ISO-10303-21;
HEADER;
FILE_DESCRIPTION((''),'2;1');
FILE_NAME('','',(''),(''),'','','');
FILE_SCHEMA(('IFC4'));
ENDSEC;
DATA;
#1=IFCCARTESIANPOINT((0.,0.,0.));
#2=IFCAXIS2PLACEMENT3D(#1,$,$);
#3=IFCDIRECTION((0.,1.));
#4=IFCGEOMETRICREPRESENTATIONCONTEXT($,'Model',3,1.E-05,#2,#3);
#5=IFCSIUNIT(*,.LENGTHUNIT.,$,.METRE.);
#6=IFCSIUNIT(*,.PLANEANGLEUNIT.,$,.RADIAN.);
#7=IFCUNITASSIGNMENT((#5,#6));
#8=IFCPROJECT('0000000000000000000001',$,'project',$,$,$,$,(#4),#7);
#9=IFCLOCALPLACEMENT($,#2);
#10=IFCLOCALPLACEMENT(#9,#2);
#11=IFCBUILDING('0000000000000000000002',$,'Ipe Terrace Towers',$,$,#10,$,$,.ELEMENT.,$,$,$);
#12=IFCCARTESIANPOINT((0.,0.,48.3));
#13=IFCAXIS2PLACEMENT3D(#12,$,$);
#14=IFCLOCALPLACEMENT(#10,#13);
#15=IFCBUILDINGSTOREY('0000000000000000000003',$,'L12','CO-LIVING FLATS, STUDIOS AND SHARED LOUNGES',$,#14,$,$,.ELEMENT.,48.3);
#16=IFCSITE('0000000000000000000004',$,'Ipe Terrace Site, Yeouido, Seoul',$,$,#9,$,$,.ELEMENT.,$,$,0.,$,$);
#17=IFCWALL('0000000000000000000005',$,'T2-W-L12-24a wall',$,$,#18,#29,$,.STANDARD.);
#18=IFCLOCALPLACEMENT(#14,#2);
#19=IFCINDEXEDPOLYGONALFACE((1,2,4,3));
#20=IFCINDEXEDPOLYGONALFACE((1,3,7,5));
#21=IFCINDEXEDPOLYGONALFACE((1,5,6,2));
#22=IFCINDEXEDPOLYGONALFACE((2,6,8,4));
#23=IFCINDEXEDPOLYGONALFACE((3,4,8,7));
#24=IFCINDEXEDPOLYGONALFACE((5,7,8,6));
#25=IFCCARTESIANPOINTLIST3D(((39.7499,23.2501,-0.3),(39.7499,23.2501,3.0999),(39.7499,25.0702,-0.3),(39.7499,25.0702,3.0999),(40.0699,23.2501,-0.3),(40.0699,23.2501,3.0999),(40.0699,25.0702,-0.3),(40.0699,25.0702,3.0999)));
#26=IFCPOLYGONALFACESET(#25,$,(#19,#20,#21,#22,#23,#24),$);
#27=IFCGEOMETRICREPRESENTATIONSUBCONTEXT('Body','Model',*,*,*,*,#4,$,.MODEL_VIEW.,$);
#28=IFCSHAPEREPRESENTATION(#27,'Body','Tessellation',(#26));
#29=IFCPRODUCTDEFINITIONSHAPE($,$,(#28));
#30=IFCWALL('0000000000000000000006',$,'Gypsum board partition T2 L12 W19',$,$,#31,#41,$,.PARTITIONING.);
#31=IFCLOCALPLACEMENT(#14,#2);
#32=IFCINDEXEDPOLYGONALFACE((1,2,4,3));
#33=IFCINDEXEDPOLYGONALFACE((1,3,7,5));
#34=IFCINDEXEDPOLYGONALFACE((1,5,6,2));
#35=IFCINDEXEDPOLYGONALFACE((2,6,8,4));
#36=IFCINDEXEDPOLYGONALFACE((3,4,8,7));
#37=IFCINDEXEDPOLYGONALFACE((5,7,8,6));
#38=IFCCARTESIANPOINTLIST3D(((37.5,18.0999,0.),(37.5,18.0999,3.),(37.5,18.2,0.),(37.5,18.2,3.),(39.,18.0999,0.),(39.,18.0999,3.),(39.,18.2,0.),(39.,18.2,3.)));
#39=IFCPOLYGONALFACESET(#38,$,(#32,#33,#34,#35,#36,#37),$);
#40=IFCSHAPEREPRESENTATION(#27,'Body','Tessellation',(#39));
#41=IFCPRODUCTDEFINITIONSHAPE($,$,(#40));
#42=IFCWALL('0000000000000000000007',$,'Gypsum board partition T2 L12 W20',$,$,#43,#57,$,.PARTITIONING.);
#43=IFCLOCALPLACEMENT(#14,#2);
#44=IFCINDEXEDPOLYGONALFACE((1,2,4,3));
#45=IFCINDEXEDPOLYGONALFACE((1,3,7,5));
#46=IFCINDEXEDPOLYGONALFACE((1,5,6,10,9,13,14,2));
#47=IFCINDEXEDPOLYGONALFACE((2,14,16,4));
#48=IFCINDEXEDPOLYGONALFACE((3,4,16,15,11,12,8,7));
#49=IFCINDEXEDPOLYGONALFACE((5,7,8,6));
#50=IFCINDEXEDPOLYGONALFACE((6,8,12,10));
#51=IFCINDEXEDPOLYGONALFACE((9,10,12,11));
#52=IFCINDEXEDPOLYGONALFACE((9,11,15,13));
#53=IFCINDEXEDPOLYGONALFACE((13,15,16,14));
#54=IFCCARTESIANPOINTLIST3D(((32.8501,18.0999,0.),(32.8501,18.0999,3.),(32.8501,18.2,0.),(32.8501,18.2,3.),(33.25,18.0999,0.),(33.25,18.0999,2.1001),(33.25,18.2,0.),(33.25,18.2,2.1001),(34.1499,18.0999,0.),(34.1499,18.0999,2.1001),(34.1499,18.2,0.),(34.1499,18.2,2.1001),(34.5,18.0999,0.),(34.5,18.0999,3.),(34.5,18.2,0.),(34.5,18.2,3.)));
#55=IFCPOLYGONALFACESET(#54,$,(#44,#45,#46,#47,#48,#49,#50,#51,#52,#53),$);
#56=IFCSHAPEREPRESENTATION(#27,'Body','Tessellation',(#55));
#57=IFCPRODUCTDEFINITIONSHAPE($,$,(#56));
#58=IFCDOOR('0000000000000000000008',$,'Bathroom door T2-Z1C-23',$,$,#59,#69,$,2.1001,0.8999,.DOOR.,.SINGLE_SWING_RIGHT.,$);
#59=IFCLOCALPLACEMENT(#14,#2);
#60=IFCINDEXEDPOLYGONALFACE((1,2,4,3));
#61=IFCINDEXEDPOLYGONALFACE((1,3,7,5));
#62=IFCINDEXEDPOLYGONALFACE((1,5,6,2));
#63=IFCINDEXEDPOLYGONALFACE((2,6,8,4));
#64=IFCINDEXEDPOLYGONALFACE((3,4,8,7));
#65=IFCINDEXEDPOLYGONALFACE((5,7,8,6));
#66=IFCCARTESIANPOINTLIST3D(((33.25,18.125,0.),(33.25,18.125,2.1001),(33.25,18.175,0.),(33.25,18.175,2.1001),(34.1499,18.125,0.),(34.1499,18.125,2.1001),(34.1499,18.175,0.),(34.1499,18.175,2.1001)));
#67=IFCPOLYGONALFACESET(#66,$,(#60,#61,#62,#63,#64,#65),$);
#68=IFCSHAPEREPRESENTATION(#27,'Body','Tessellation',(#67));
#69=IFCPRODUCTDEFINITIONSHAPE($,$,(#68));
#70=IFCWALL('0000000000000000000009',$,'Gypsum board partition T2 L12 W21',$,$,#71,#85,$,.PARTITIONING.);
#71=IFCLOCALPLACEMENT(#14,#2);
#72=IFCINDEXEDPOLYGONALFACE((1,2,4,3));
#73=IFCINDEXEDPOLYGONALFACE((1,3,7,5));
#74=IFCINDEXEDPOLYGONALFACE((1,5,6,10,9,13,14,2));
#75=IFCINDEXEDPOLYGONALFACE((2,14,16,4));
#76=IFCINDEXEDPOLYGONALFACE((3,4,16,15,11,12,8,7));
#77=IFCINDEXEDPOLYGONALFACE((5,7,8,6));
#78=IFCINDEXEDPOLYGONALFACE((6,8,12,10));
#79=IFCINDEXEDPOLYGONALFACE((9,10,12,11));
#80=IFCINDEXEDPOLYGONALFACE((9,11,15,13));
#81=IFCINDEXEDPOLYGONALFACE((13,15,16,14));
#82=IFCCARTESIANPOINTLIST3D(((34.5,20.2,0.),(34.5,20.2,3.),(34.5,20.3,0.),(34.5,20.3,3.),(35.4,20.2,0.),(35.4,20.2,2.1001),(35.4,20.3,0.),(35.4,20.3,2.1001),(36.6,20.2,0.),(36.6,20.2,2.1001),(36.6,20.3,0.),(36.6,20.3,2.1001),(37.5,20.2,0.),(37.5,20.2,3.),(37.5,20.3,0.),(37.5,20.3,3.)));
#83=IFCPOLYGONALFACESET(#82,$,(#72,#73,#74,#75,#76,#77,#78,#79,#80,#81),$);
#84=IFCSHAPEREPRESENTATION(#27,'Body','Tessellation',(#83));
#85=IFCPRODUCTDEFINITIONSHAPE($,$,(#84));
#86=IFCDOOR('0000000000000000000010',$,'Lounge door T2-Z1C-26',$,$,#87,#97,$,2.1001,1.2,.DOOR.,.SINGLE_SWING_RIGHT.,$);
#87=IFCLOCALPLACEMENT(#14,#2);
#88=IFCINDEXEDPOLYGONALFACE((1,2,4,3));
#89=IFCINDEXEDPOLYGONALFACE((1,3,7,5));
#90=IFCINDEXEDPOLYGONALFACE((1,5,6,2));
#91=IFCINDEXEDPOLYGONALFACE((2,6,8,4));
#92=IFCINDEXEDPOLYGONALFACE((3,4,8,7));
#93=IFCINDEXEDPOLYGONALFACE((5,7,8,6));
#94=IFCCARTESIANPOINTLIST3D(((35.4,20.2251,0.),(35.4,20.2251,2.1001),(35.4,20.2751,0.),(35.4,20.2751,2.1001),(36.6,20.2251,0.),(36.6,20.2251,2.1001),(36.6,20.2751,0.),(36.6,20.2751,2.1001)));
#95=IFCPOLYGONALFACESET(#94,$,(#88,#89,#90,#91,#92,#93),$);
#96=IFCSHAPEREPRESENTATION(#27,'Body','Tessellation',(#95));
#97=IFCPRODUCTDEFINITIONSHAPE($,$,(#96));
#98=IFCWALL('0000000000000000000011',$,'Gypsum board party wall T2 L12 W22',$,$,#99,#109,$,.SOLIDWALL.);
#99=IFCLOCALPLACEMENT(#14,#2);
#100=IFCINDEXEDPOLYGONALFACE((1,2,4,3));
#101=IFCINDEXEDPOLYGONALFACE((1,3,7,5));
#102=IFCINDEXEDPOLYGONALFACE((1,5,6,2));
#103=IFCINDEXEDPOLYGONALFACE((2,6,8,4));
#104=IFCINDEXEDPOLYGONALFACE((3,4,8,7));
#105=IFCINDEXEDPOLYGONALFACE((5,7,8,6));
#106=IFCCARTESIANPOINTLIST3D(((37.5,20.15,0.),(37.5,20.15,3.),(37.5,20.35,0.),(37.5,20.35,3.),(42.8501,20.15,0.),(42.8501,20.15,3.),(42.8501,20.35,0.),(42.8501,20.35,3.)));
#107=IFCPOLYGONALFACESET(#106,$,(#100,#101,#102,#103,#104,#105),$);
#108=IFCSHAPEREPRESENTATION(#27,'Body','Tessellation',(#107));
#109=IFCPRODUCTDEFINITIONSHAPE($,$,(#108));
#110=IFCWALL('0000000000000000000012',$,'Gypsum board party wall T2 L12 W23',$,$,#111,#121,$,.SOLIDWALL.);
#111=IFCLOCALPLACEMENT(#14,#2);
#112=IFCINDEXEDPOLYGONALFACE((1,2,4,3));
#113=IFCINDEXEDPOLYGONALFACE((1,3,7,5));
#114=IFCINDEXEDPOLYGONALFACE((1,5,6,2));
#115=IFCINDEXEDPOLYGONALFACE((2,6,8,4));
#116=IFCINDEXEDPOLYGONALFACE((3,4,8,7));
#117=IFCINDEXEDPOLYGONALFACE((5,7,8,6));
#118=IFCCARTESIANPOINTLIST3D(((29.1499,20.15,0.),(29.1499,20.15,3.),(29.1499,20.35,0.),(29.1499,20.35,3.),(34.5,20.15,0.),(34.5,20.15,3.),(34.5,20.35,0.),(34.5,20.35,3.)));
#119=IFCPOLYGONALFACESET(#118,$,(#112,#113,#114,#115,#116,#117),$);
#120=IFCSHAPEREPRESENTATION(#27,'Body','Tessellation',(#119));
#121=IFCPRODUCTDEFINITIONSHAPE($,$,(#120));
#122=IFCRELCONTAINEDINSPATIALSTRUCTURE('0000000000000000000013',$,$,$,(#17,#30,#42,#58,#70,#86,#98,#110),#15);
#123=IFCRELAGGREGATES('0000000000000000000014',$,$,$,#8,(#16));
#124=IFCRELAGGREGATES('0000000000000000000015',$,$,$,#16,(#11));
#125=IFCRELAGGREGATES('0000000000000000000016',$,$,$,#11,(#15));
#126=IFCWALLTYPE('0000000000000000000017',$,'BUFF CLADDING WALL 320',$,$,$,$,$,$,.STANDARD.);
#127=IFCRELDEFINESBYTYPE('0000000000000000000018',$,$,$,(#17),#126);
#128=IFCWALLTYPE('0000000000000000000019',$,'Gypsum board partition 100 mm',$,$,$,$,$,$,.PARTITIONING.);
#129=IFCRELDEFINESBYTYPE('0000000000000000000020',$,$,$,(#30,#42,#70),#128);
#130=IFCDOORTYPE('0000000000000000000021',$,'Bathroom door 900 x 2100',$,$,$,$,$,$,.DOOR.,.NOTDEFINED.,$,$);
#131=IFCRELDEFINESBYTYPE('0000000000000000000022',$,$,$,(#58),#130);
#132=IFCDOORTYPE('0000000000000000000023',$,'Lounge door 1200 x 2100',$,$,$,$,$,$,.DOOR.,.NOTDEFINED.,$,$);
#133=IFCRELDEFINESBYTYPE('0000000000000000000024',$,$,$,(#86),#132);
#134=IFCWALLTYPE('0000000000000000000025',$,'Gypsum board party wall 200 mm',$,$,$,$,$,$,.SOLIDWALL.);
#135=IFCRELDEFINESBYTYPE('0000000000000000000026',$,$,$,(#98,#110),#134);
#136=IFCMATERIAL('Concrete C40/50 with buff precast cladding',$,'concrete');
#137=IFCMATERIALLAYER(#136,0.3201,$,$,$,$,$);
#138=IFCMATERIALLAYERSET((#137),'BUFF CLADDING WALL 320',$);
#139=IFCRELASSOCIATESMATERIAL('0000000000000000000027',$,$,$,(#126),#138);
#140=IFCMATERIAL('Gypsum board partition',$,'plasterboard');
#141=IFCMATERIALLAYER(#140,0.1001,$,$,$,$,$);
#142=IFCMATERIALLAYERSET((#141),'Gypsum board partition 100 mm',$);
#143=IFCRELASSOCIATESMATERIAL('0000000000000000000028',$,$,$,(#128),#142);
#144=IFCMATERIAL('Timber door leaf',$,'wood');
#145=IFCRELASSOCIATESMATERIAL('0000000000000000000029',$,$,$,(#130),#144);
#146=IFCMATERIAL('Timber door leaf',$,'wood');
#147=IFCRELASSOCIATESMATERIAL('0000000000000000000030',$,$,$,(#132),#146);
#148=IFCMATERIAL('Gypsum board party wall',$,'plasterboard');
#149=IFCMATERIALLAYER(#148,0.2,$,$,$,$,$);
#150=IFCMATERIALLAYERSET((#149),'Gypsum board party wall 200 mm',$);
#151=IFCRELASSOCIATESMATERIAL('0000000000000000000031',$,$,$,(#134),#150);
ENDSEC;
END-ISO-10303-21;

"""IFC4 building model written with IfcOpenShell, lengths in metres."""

from ifc_helpers import new_model, si_unit, direction, frame, frame_2d, origin, place, context, subcontext, project, spatial, rectangle, extrude, material, layer, layer_set, type_object, element, fill, save


model = new_model("IFC4")

# Units and contexts
model_context = context("Model", 3, precision=1e-05, world=origin(), true_north=direction((0.0, 1.0)))
body_context = subcontext(model_context, "Body", "Model", "MODEL_VIEW")
ifc_project = project(units=[si_unit("LENGTHUNIT", "METRE"), si_unit("PLANEANGLEUNIT", "RADIAN")], contexts=[model_context])

# Site, building, storey
site_placement = place(None, origin())
site = spatial("IfcSite", under=ifc_project, at=site_placement, Name="Ipe Terrace Site, Yeouido, Seoul", CompositionType="ELEMENT", RefElevation=0.0)
building_placement = place(site_placement, origin())
building = spatial("IfcBuilding", under=site, at=building_placement, Name="Ipe Terrace Towers", CompositionType="ELEMENT")
storey_placement = place(building_placement, frame((0.0, 0.0, 48.3)))
storey = spatial("IfcBuildingStorey", under=building, at=storey_placement, Name="L12", Description="CO-LIVING FLATS, STUDIOS AND SHARED LOUNGES", CompositionType="ELEMENT", Elevation=48.3)

# Walls
ifc_material_1 = material(Name="Concrete C40/50 with buff precast cladding", Category="concrete")
ifc_layer_1 = layer(ifc_material_1, 0.3201)
ifc_layer_set_1 = layer_set([ifc_layer_1], Name="BUFF CLADDING WALL 320")
wall_type_1 = type_object("IfcWallType", Name="BUFF CLADDING WALL 320", PredefinedType="STANDARD", material=ifc_layer_set_1)
wall_1_placement = place(storey_placement, frame((39.9099, 23.25, -0.3), z_axis=(0.0, 0.0, 1.0), x_axis=(0.0, 1.0, 0.0)))
element("IfcWall", 1, at=wall_1_placement, inside=storey, type_object=wall_type_1, Name="T2-W-L12-24a wall", PredefinedType="STANDARD", context=body_context, shape_type="SweptSolid", body=[
    extrude(rectangle(XDim=1.8201, YDim=0.3201, at=frame_2d((0.9102, 0.0))), origin(), (0.0, 0.0, 1.0), 3.3999),
])
ifc_material_2 = material(Name="Gypsum board partition", Category="plasterboard")
ifc_layer_2 = layer(ifc_material_2, 0.1001)
ifc_layer_set_2 = layer_set([ifc_layer_2], Name="Gypsum board partition 100 mm")
wall_type_2 = type_object("IfcWallType", Name="Gypsum board partition 100 mm", PredefinedType="PARTITIONING", material=ifc_layer_set_2)
wall_2_placement = place(storey_placement, frame((39.0, 18.1499, 0.0), z_axis=(0.0, 0.0, 1.0), x_axis=(-1.0, 0.0, 0.0)))
element("IfcWall", 2, at=wall_2_placement, inside=storey, type_object=wall_type_2, Name="Gypsum board partition T2 L12 W19", PredefinedType="PARTITIONING", context=body_context, shape_type="SweptSolid", body=[
    extrude(rectangle(XDim=1.5, YDim=0.1001, at=frame_2d((0.75, 0.0))), origin(), (0.0, 0.0, 1.0), 3.0),
])

# Walls, openings, doors
wall_3_placement = place(storey_placement, frame((34.5, 18.1499, 0.0), z_axis=(0.0, 0.0, 1.0), x_axis=(-1.0, 0.0, 0.0)))
wall_3 = element("IfcWall", 3, at=wall_3_placement, inside=storey, type_object=wall_type_2, Name="Gypsum board partition T2 L12 W20", PredefinedType="PARTITIONING", context=body_context, shape_type="SweptSolid", body=[
    extrude(rectangle(XDim=1.6499, YDim=0.1001, at=frame_2d((0.825, 0.0))), origin(), (0.0, 0.0, 1.0), 3.0),
])
opening_1_placement = place(wall_3_placement, frame((0.3501, 0.0, 0.0)))
opening_1 = element("IfcOpeningElement", 4, at=opening_1_placement, cuts=wall_3, PredefinedType="OPENING", context=body_context, shape_type="SweptSolid", body=[
    extrude(rectangle(XDim=0.8999, YDim=2.1001, at=frame_2d((0.45, 1.05))), frame((0.0, 0.0601, 0.0), z_axis=(0.0, -1.0, 0.0), x_axis=(1.0, 0.0, 0.0)), (0.0, 0.0, 1.0), 0.1201),
])
ifc_material_3 = material(Name="Timber door leaf", Category="wood")
door_type_1 = type_object("IfcDoorType", Name="Bathroom door 900 x 2100", OperationType="NOTDEFINED", PredefinedType="DOOR", material=ifc_material_3)
door_1_placement = place(opening_1_placement, origin())
door_1 = element("IfcDoor", 5, at=door_1_placement, inside=storey, type_object=door_type_1, Name="Bathroom door T2-Z1C-23", OperationType="SINGLE_SWING_RIGHT", OverallHeight=2.1001, OverallWidth=0.8999, PredefinedType="DOOR", context=body_context, shape_type="SweptSolid", body=[
    extrude(rectangle(XDim=0.8999, YDim=2.1001, at=frame_2d((0.45, 1.05))), frame((0.0, 0.0249, 0.0), z_axis=(0.0, -1.0, 0.0), x_axis=(1.0, 0.0, 0.0)), (0.0, 0.0, 1.0), 0.05),
])
fill(opening_1, door_1)
wall_4_placement = place(storey_placement, frame((37.5, 20.25, 0.0), z_axis=(0.0, 0.0, 1.0), x_axis=(-1.0, 0.0, 0.0)))
wall_4 = element("IfcWall", 6, at=wall_4_placement, inside=storey, type_object=wall_type_2, Name="Gypsum board partition T2 L12 W21", PredefinedType="PARTITIONING", context=body_context, shape_type="SweptSolid", body=[
    extrude(rectangle(XDim=3.0, YDim=0.1001, at=frame_2d((1.5, 0.0))), origin(), (0.0, 0.0, 1.0), 3.0),
])
opening_2_placement = place(wall_4_placement, frame((0.8999, 0.0, 0.0)))
opening_2 = element("IfcOpeningElement", 7, at=opening_2_placement, cuts=wall_4, PredefinedType="OPENING", context=body_context, shape_type="SweptSolid", body=[
    extrude(rectangle(XDim=1.2, YDim=2.1001, at=frame_2d((0.6001, 1.05))), frame((0.0, 0.0601, 0.0), z_axis=(0.0, -1.0, 0.0), x_axis=(1.0, 0.0, 0.0)), (0.0, 0.0, 1.0), 0.1201),
])
ifc_material_4 = material(Name="Timber door leaf", Category="wood")
door_type_2 = type_object("IfcDoorType", Name="Lounge door 1200 x 2100", OperationType="NOTDEFINED", PredefinedType="DOOR", material=ifc_material_4)
door_2_placement = place(opening_2_placement, origin())
door_2 = element("IfcDoor", 8, at=door_2_placement, inside=storey, type_object=door_type_2, Name="Lounge door T2-Z1C-26", OperationType="SINGLE_SWING_RIGHT", OverallHeight=2.1001, OverallWidth=1.2, PredefinedType="DOOR", context=body_context, shape_type="SweptSolid", body=[
    extrude(rectangle(XDim=1.2, YDim=2.1001, at=frame_2d((0.6001, 1.05))), frame((0.0, 0.0249, 0.0), z_axis=(0.0, -1.0, 0.0), x_axis=(1.0, 0.0, 0.0)), (0.0, 0.0, 1.0), 0.05),
])
fill(opening_2, door_2)

# Walls
ifc_material_5 = material(Name="Gypsum board party wall", Category="plasterboard")
ifc_layer_3 = layer(ifc_material_5, 0.2)
ifc_layer_set_3 = layer_set([ifc_layer_3], Name="Gypsum board party wall 200 mm")
wall_type_3 = type_object("IfcWallType", Name="Gypsum board party wall 200 mm", PredefinedType="SOLIDWALL", material=ifc_layer_set_3)
for number, where, z_axis, x_axis, name in (
    (9, (42.8501, 20.25, 0.0), (0.0, 0.0, 1.0), (-1.0, 0.0, 0.0), "Gypsum board party wall T2 L12 W22"),
    (10, (34.5, 20.25, 0.0), (0.0, 0.0, 1.0), (-1.0, 0.0, 0.0), "Gypsum board party wall T2 L12 W23"),
):
    element("IfcWall", number, at=place(storey_placement, frame(where, z_axis=z_axis, x_axis=x_axis)), inside=storey, type_object=wall_type_3, Name=name, PredefinedType="SOLIDWALL", context=body_context, shape_type="SweptSolid", body=[
        extrude(rectangle(XDim=5.3501, YDim=0.2, at=frame_2d((2.675, 0.0))), origin(), (0.0, 0.0, 1.0), 3.0),
    ])

save(model, "model.ifc")
